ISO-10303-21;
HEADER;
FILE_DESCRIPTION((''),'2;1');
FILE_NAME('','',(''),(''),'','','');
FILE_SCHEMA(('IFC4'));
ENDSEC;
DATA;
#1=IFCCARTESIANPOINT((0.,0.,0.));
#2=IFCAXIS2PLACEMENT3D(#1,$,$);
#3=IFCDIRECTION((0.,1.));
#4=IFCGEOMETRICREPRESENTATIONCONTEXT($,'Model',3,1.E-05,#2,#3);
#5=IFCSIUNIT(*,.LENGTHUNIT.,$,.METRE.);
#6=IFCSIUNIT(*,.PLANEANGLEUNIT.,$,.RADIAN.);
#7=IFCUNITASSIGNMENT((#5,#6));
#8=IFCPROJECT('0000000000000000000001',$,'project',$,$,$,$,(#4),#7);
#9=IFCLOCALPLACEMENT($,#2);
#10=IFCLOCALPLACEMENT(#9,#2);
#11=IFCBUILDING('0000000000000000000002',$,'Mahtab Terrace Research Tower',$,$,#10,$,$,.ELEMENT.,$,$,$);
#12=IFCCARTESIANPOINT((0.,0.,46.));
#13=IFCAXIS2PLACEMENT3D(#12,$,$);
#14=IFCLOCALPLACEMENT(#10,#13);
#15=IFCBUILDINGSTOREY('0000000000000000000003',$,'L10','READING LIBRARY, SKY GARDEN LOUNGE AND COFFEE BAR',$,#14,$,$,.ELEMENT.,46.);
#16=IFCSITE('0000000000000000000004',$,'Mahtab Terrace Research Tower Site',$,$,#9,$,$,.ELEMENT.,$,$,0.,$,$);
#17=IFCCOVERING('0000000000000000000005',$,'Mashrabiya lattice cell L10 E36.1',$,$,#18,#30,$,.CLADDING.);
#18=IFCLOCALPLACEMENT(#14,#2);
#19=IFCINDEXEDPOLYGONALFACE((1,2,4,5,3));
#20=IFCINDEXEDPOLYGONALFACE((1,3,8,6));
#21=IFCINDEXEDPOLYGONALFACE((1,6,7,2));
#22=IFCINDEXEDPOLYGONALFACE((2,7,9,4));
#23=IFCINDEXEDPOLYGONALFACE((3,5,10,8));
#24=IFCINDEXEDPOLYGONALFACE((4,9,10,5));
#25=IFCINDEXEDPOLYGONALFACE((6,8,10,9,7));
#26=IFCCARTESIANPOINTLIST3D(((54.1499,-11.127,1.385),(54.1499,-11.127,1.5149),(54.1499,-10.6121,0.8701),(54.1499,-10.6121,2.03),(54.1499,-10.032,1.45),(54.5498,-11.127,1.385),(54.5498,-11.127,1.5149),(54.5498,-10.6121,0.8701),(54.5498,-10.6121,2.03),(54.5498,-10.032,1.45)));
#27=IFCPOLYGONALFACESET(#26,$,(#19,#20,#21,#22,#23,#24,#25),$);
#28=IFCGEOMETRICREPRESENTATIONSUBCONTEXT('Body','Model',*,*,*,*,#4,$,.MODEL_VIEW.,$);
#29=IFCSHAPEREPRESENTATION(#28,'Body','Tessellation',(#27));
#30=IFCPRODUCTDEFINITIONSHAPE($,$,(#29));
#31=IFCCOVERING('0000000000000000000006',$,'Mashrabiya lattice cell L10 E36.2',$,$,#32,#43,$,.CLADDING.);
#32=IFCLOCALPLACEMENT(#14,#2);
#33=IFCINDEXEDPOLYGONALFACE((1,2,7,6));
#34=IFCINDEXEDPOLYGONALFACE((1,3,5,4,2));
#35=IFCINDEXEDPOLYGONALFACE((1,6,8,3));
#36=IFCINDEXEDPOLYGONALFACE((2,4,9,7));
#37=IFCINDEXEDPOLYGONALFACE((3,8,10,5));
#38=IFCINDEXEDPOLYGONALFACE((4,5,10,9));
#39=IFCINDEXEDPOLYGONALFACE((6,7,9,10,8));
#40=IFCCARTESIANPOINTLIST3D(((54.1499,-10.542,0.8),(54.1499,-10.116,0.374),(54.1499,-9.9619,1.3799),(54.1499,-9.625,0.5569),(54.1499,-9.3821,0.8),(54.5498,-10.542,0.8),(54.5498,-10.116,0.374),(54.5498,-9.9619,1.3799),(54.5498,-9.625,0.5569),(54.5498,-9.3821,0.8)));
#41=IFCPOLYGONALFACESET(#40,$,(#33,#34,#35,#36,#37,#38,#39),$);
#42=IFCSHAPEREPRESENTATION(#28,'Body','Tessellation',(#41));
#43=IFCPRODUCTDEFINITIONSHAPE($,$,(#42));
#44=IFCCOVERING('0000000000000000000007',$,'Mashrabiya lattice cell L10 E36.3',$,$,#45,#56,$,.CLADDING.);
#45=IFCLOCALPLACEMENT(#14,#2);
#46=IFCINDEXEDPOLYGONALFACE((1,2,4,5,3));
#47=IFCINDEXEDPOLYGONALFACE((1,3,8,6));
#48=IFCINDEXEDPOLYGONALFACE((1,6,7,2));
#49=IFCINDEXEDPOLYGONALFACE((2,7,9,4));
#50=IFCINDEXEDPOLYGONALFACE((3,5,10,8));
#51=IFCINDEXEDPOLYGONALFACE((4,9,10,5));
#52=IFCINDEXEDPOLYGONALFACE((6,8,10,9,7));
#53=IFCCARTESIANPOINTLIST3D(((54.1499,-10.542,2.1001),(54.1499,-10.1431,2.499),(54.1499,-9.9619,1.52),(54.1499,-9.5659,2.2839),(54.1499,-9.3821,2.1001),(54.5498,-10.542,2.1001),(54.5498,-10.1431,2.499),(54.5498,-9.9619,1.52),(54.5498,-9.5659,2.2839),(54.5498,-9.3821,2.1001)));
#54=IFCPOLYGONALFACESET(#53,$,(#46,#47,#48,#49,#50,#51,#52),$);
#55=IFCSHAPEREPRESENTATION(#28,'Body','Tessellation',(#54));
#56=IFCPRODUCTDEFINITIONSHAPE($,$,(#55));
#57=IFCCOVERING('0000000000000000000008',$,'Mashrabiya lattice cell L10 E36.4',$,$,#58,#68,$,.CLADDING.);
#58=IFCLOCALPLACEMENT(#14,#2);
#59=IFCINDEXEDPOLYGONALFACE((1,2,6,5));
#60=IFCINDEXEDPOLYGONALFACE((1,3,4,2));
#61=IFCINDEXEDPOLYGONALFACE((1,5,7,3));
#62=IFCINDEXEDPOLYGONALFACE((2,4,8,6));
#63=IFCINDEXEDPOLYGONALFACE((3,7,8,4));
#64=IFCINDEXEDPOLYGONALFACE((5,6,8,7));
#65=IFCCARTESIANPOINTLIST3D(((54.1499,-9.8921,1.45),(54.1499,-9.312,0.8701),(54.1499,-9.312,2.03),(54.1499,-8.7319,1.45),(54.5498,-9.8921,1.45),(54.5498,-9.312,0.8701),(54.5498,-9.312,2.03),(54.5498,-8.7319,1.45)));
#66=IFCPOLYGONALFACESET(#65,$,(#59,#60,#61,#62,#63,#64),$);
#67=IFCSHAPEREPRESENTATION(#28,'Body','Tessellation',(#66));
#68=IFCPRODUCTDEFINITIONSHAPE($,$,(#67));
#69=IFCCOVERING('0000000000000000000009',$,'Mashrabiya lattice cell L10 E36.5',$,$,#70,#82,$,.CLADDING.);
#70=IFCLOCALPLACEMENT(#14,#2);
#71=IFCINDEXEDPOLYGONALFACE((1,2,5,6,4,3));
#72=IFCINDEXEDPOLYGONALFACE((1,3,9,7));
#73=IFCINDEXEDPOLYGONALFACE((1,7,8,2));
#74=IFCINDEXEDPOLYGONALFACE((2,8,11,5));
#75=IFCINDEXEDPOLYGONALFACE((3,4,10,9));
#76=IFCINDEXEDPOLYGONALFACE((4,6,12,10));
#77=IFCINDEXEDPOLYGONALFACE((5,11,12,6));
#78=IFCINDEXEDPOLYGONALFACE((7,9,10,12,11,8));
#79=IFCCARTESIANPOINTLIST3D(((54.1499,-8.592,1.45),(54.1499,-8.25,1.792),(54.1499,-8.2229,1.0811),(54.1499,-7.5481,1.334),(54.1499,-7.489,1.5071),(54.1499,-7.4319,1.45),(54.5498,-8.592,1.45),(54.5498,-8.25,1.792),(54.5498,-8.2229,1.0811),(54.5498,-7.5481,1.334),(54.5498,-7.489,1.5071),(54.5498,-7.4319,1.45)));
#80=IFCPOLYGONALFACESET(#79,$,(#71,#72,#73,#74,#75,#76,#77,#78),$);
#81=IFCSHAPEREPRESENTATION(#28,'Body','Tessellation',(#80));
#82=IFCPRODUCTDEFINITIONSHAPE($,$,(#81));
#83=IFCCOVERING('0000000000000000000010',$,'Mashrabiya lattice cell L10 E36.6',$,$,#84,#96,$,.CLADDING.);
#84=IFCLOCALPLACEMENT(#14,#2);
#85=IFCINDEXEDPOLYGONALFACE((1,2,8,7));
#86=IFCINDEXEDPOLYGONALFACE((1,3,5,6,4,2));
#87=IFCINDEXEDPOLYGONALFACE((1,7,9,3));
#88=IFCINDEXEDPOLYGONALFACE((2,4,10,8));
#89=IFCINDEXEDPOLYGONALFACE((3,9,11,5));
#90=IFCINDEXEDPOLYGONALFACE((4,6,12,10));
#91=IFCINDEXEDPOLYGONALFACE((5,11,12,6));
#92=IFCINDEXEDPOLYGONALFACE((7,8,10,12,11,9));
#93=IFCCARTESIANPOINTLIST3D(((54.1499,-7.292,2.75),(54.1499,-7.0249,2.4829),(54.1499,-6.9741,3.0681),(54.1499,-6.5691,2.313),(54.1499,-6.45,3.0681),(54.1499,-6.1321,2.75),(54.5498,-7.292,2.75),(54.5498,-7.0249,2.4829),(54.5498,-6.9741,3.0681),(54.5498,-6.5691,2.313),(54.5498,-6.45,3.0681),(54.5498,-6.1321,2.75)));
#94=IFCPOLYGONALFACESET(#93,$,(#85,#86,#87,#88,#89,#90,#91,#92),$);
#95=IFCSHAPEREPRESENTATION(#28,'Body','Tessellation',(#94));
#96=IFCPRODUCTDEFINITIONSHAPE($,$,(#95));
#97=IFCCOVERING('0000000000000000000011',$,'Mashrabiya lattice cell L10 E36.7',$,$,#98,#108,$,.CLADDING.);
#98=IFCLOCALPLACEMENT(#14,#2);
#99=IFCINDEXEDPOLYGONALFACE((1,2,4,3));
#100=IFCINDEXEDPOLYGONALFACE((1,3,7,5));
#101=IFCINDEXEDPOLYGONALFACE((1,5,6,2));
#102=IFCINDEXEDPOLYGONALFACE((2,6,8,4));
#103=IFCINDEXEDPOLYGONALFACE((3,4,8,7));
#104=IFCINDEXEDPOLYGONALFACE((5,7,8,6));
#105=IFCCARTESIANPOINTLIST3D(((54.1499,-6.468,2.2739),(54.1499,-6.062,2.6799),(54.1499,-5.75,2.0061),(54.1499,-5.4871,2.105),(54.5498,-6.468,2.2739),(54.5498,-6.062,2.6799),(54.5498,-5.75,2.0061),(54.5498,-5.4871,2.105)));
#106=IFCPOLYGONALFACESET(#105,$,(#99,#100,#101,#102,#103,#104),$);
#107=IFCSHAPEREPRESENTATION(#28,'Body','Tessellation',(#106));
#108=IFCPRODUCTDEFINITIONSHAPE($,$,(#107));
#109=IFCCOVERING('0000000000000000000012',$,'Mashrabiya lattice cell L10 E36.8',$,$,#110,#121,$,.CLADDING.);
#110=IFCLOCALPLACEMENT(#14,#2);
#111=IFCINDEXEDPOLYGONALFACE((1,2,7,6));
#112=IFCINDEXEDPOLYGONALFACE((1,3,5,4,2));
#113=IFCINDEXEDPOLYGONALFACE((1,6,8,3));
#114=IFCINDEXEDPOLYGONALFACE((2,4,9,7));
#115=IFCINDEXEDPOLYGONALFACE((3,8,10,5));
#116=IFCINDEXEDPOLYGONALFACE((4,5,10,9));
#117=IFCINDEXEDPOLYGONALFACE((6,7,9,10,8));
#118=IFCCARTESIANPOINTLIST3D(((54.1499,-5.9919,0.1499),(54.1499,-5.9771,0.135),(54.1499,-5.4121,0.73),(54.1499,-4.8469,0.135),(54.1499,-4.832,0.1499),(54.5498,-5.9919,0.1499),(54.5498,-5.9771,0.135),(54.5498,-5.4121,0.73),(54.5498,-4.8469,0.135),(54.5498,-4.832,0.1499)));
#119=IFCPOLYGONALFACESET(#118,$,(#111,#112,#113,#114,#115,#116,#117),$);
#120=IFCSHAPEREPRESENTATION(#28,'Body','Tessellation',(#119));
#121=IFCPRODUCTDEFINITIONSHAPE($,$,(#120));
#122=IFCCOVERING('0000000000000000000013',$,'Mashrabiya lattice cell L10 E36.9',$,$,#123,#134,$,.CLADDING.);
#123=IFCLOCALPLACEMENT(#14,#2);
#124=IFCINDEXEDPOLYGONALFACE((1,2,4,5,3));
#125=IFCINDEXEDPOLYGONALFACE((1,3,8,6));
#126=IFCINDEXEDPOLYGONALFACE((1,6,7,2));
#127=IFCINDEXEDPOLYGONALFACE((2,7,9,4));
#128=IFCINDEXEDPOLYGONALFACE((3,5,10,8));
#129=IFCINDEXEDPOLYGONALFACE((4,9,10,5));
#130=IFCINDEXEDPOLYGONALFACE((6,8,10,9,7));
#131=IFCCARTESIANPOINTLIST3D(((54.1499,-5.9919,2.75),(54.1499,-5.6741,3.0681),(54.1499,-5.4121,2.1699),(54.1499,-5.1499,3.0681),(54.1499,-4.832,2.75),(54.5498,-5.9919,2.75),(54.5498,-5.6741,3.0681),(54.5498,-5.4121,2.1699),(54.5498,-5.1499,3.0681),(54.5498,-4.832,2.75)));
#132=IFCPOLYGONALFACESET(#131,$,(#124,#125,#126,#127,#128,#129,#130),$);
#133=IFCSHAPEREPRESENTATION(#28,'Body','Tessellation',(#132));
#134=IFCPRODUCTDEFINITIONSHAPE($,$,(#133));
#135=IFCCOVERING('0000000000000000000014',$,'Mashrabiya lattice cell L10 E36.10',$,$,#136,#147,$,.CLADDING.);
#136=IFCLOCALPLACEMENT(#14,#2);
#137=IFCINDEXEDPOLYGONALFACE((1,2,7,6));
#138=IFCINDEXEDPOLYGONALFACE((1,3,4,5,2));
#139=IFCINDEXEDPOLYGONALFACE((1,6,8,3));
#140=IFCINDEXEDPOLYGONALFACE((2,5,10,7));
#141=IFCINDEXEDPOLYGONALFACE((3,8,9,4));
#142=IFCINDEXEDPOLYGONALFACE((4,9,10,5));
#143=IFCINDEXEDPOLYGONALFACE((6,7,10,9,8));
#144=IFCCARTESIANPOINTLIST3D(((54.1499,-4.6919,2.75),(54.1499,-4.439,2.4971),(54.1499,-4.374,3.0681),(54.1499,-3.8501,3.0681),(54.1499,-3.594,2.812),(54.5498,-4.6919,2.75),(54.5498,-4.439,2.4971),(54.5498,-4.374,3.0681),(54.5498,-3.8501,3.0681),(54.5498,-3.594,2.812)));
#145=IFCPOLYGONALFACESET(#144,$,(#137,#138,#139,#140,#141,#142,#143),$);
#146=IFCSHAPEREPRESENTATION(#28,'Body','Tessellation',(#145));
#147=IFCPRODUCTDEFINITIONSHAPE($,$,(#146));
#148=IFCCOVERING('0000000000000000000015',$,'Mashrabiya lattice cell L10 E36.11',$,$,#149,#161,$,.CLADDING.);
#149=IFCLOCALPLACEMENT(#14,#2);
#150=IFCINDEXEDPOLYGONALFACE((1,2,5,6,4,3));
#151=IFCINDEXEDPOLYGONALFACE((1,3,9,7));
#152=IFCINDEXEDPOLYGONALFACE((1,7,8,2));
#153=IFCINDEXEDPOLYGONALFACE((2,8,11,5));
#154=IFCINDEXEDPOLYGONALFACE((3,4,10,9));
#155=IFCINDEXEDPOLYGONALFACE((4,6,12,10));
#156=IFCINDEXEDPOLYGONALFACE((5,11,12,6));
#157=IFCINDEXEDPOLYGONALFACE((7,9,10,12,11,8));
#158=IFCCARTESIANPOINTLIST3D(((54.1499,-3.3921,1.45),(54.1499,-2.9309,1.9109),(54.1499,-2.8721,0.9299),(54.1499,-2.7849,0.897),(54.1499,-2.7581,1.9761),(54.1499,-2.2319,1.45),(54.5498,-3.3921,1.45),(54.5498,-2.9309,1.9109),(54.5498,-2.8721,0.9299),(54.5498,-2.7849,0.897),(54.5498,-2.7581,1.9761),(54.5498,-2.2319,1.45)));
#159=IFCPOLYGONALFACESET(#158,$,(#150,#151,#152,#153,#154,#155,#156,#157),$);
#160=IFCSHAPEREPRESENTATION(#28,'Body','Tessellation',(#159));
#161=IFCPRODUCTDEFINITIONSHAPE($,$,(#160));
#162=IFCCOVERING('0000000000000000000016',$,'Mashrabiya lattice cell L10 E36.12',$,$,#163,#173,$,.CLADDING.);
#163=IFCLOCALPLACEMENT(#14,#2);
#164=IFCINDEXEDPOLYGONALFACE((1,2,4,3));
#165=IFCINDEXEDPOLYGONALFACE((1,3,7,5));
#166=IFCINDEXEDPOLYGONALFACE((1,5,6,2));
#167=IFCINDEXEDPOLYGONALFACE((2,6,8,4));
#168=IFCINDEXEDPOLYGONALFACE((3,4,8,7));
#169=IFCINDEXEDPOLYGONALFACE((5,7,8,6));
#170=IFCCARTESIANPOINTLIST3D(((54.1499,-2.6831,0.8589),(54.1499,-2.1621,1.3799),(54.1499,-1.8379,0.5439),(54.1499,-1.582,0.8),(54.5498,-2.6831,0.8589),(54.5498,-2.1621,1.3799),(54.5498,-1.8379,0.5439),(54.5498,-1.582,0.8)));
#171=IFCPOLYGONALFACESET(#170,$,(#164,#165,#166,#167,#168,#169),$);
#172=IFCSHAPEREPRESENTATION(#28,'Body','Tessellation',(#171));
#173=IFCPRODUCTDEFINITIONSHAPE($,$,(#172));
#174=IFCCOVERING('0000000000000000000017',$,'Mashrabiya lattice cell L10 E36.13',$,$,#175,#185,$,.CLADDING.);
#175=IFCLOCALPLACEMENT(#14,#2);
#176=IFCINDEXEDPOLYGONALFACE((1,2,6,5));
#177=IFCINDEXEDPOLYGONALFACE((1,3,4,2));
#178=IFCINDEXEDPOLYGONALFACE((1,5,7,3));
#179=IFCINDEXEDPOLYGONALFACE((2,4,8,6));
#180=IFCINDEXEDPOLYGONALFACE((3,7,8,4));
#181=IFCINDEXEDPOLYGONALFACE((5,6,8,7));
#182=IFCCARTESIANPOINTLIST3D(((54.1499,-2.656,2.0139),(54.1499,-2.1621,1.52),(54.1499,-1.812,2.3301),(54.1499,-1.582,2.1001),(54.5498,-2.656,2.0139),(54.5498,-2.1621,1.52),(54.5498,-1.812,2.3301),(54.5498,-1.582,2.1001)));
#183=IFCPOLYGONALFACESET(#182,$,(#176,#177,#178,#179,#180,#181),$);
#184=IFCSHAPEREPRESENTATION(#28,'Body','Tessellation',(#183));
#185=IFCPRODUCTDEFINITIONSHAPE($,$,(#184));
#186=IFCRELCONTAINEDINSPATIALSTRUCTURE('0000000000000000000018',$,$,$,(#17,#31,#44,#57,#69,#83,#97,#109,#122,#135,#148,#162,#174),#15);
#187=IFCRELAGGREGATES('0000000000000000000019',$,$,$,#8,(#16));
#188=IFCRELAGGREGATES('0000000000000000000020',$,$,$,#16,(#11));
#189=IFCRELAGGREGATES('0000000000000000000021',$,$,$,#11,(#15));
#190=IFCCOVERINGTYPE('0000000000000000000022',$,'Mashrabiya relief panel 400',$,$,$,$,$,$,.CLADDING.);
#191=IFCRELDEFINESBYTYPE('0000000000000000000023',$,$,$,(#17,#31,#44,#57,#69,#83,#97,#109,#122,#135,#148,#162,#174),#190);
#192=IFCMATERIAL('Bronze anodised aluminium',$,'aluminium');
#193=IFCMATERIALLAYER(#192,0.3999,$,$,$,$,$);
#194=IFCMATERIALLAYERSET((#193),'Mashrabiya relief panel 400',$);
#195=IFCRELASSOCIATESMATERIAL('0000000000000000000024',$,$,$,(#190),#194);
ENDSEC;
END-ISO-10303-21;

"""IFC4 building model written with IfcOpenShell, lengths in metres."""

from ifc_helpers import new_model, si_unit, direction, frame, origin, place, context, subcontext, project, spatial, polyline, outline, extrude, material, layer, layer_set, type_object, element, save


model = new_model("IFC4")

# Units and contexts
model_context = context("Model", 3, precision=1e-05, world=origin(), true_north=direction((0.0, 1.0)))
body_context = subcontext(model_context, "Body", "Model", "MODEL_VIEW")
ifc_project = project(units=[si_unit("LENGTHUNIT", "METRE"), si_unit("PLANEANGLEUNIT", "RADIAN")], contexts=[model_context])

# Site, building, storey
site_placement = place(None, origin())
site = spatial("IfcSite", under=ifc_project, at=site_placement, Name="Mahtab Terrace Research Tower Site", CompositionType="ELEMENT", RefElevation=0.0)
building_placement = place(site_placement, origin())
building = spatial("IfcBuilding", under=site, at=building_placement, Name="Mahtab Terrace Research Tower", CompositionType="ELEMENT")
storey_placement = place(building_placement, frame((0.0, 0.0, 46.0)))
storey = spatial("IfcBuildingStorey", under=building, at=storey_placement, Name="L10", Description="READING LIBRARY, SKY GARDEN LOUNGE AND COFFEE BAR", CompositionType="ELEMENT", Elevation=46.0)

# Coverings
ifc_material_1 = material(Name="Bronze anodised aluminium", Category="aluminium")
ifc_layer_1 = layer(ifc_material_1, 0.3999)
ifc_layer_set_1 = layer_set([ifc_layer_1], Name="Mashrabiya relief panel 400")
covering_type_1 = type_object("IfcCoveringType", Name="Mashrabiya relief panel 400", PredefinedType="CLADDING", material=ifc_layer_set_1)
covering_1_placement = place(storey_placement, frame((54.1499, -10.6121, 2.03), z_axis=(-1.0, 0.0, 0.0), x_axis=(0.0, 0.707107, -0.707107)))
element("IfcCovering", 1, at=covering_1_placement, inside=storey, type_object=covering_type_1, Name="Mashrabiya lattice cell L10 E36.1", PredefinedType="CLADDING", context=body_context, shape_type="SweptSolid", body=[
    extrude(outline(polyline([(0.0, 0.0), (0.8204, 0.0), (0.8202, 0.8202), (0.092, 0.8202), (0.0002, 0.7283), (0.0, 0.0)])), origin(), (0.0, 0.0, -1.0), 0.3999),
])
covering_2_placement = place(storey_placement, frame((54.1499, -10.542, 0.8), z_axis=(-1.0, 0.0, 0.0), x_axis=(0.0, 0.707256, 0.706958)))
element("IfcCovering", 2, at=covering_2_placement, inside=storey, type_object=covering_type_1, Name="Mashrabiya lattice cell L10 E36.2", PredefinedType="CLADDING", context=body_context, shape_type="SweptSolid", body=[
    extrude(outline(polyline([(0.0, 0.0), (0.8202, 0.0), (0.8204, 0.82), (0.4766, 0.8203), (0.0001, 0.6025), (0.0, 0.0)])), origin(), (0.0, 0.0, -1.0), 0.3999),
])
covering_3_placement = place(storey_placement, frame((54.1499, -9.3821, 2.1001), z_axis=(-1.0, 0.0, 0.0), x_axis=(0.0, -0.706958, -0.707256)))
element("IfcCovering", 3, at=covering_3_placement, inside=storey, type_object=covering_type_1, Name="Mashrabiya lattice cell L10 E36.3", PredefinedType="CLADDING", context=body_context, shape_type="SweptSolid", body=[
    extrude(outline(polyline([(0.0, 0.0), (0.8202, 0.0), (0.82, 0.8204), (0.2558, 0.8202), (-0.0001, 0.26), (0.0, 0.0)])), origin(), (0.0, 0.0, -1.0), 0.3999),
])
covering_4_placement = place(storey_placement, frame((54.1499, -9.312, 2.03), z_axis=(-1.0, 0.0, 0.0), x_axis=(0.0, 0.707107, -0.707107)))
element("IfcCovering", 4, at=covering_4_placement, inside=storey, type_object=covering_type_1, Name="Mashrabiya lattice cell L10 E36.4", PredefinedType="CLADDING", context=body_context, shape_type="SweptSolid", body=[
    extrude(outline(polyline([(0.0, 0.0), (0.8204, 0.0), (0.8202, 0.8202), (0.0, 0.8204), (0.0, 0.0)])), origin(), (0.0, 0.0, -1.0), 0.3999),
])
covering_5_placement = place(storey_placement, frame((54.1499, -8.592, 1.45), z_axis=(-1.0, 0.0, 0.0), x_axis=(0.0, 0.707107, 0.707107)))
element("IfcCovering", 5, at=covering_5_placement, inside=storey, type_object=covering_type_1, Name="Mashrabiya lattice cell L10 E36.5", PredefinedType="CLADDING", context=body_context, shape_type="SweptSolid", body=[
    extrude(outline(polyline([(0.0, 0.0), (0.4837, 0.0), (0.8204, 0.7396), (0.8204, 0.8204), (0.6562, 0.8202), (0.0002, 0.5219), (0.0, 0.0)])), origin(), (0.0, 0.0, -1.0), 0.3999),
])
covering_6_placement = place(storey_placement, frame((54.1499, -7.292, 2.75), z_axis=(-1.0, 0.0, 0.0), x_axis=(0.0, 0.706835, 0.707378)))
element("IfcCovering", 6, at=covering_6_placement, inside=storey, type_object=covering_type_1, Name="Mashrabiya lattice cell L10 E36.6", PredefinedType="CLADDING", context=body_context, shape_type="SweptSolid", body=[
    extrude(outline(polyline([(0.0, 0.0), (0.4497, 0.0), (0.8202, 0.3708), (0.8199, 0.8205), (0.2018, 0.8203), (-0.0001, 0.3777), (0.0, 0.0)])), origin(), (0.0, 0.0, -1.0), 0.3999),
])
covering_7_placement = place(storey_placement, frame((54.1499, -6.062, 2.6799), z_axis=(-1.0, 0.0, 0.0), x_axis=(0.0, 0.707107, -0.707107)))
element("IfcCovering", 7, at=covering_7_placement, inside=storey, type_object=covering_type_1, Name="Mashrabiya lattice cell L10 E36.7", PredefinedType="CLADDING", context=body_context, shape_type="SweptSolid", body=[
    extrude(outline(polyline([(0.0, 0.0), (0.8131, 0.0), (0.6971, 0.2558), (0.0, 0.5742), (0.0, 0.0)])), origin(), (0.0, 0.0, -1.0), 0.3999),
])
covering_8_placement = place(storey_placement, frame((54.1499, -5.9919, 0.1499), z_axis=(-1.0, 0.0, 0.0), x_axis=(0.0, 0.706958, 0.707256)))
element("IfcCovering", 8, at=covering_8_placement, inside=storey, type_object=covering_type_1, Name="Mashrabiya lattice cell L10 E36.8", PredefinedType="CLADDING", context=body_context, shape_type="SweptSolid", body=[
    extrude(outline(polyline([(0.0, 0.0), (0.8202, 0.0), (0.82, 0.8204), (0.7989, 0.8203), (0.0, 0.0211), (0.0, 0.0)])), origin(), (0.0, 0.0, -1.0), 0.3999),
])
covering_9_placement = place(storey_placement, frame((54.1499, -4.832, 2.75), z_axis=(-1.0, 0.0, 0.0), x_axis=(0.0, -0.707107, -0.707107)))
element("IfcCovering", 9, at=covering_9_placement, inside=storey, type_object=covering_type_1, Name="Mashrabiya lattice cell L10 E36.9", PredefinedType="CLADDING", context=body_context, shape_type="SweptSolid", body=[
    extrude(outline(polyline([(0.0, 0.0), (0.8204, 0.0), (0.8202, 0.8202), (0.3705, 0.8204), (-0.0002, 0.4497), (0.0, 0.0)])), origin(), (0.0, 0.0, -1.0), 0.3999),
])
covering_10_placement = place(storey_placement, frame((54.1499, -4.6919, 2.75), z_axis=(-1.0, 0.0, 0.0), x_axis=(0.0, 0.706835, 0.707378)))
element("IfcCovering", 10, at=covering_10_placement, inside=storey, type_object=covering_type_1, Name="Mashrabiya lattice cell L10 E36.10", PredefinedType="CLADDING", context=body_context, shape_type="SweptSolid", body=[
    extrude(outline(polyline([(0.0, 0.0), (0.4497, 0.0), (0.82, 0.3706), (0.8199, 0.7328), (-0.0001, 0.3577), (0.0, 0.0)])), origin(), (0.0, 0.0, -1.0), 0.3999),
])
covering_11_placement = place(storey_placement, frame((54.1499, -3.3921, 1.45), z_axis=(-1.0, 0.0, 0.0), x_axis=(0.0, 0.707294, 0.70692)))
element("IfcCovering", 11, at=covering_11_placement, inside=storey, type_object=covering_type_1, Name="Mashrabiya lattice cell L10 E36.11", PredefinedType="CLADDING", context=body_context, shape_type="SweptSolid", body=[
    extrude(outline(polyline([(0.0, 0.0), (0.652, 0.0), (0.8204, 0.0761), (0.8206, 0.8201), (0.0385, 0.8203), (0.0002, 0.7354), (0.0, 0.0)])), origin(), (0.0, 0.0, -1.0), 0.3999),
])
covering_12_placement = place(storey_placement, frame((54.1499, -2.1621, 1.3799), z_axis=(-1.0, 0.0, 0.0), x_axis=(0.0, 0.707256, -0.706958)))
element("IfcCovering", 12, at=covering_12_placement, inside=storey, type_object=covering_type_1, Name="Mashrabiya lattice cell L10 E36.12", PredefinedType="CLADDING", context=body_context, shape_type="SweptSolid", body=[
    extrude(outline(polyline([(0.0, 0.0), (0.8202, 0.0), (0.8203, 0.362), (-0.0002, 0.7368), (0.0, 0.0)])), origin(), (0.0, 0.0, -1.0), 0.3999),
])
covering_13_placement = place(storey_placement, frame((54.1499, -1.582, 2.1001), z_axis=(-1.0, 0.0, 0.0), x_axis=(0.0, -0.707107, -0.707107)))
element("IfcCovering", 13, at=covering_13_placement, inside=storey, type_object=covering_type_1, Name="Mashrabiya lattice cell L10 E36.13", PredefinedType="CLADDING", context=body_context, shape_type="SweptSolid", body=[
    extrude(outline(polyline([(0.0, 0.0), (0.8204, 0.0), (0.8204, 0.6985), (0.0, 0.3252), (0.0, 0.0)])), origin(), (0.0, 0.0, -1.0), 0.3999),
])

save(model, "model.ifc")
